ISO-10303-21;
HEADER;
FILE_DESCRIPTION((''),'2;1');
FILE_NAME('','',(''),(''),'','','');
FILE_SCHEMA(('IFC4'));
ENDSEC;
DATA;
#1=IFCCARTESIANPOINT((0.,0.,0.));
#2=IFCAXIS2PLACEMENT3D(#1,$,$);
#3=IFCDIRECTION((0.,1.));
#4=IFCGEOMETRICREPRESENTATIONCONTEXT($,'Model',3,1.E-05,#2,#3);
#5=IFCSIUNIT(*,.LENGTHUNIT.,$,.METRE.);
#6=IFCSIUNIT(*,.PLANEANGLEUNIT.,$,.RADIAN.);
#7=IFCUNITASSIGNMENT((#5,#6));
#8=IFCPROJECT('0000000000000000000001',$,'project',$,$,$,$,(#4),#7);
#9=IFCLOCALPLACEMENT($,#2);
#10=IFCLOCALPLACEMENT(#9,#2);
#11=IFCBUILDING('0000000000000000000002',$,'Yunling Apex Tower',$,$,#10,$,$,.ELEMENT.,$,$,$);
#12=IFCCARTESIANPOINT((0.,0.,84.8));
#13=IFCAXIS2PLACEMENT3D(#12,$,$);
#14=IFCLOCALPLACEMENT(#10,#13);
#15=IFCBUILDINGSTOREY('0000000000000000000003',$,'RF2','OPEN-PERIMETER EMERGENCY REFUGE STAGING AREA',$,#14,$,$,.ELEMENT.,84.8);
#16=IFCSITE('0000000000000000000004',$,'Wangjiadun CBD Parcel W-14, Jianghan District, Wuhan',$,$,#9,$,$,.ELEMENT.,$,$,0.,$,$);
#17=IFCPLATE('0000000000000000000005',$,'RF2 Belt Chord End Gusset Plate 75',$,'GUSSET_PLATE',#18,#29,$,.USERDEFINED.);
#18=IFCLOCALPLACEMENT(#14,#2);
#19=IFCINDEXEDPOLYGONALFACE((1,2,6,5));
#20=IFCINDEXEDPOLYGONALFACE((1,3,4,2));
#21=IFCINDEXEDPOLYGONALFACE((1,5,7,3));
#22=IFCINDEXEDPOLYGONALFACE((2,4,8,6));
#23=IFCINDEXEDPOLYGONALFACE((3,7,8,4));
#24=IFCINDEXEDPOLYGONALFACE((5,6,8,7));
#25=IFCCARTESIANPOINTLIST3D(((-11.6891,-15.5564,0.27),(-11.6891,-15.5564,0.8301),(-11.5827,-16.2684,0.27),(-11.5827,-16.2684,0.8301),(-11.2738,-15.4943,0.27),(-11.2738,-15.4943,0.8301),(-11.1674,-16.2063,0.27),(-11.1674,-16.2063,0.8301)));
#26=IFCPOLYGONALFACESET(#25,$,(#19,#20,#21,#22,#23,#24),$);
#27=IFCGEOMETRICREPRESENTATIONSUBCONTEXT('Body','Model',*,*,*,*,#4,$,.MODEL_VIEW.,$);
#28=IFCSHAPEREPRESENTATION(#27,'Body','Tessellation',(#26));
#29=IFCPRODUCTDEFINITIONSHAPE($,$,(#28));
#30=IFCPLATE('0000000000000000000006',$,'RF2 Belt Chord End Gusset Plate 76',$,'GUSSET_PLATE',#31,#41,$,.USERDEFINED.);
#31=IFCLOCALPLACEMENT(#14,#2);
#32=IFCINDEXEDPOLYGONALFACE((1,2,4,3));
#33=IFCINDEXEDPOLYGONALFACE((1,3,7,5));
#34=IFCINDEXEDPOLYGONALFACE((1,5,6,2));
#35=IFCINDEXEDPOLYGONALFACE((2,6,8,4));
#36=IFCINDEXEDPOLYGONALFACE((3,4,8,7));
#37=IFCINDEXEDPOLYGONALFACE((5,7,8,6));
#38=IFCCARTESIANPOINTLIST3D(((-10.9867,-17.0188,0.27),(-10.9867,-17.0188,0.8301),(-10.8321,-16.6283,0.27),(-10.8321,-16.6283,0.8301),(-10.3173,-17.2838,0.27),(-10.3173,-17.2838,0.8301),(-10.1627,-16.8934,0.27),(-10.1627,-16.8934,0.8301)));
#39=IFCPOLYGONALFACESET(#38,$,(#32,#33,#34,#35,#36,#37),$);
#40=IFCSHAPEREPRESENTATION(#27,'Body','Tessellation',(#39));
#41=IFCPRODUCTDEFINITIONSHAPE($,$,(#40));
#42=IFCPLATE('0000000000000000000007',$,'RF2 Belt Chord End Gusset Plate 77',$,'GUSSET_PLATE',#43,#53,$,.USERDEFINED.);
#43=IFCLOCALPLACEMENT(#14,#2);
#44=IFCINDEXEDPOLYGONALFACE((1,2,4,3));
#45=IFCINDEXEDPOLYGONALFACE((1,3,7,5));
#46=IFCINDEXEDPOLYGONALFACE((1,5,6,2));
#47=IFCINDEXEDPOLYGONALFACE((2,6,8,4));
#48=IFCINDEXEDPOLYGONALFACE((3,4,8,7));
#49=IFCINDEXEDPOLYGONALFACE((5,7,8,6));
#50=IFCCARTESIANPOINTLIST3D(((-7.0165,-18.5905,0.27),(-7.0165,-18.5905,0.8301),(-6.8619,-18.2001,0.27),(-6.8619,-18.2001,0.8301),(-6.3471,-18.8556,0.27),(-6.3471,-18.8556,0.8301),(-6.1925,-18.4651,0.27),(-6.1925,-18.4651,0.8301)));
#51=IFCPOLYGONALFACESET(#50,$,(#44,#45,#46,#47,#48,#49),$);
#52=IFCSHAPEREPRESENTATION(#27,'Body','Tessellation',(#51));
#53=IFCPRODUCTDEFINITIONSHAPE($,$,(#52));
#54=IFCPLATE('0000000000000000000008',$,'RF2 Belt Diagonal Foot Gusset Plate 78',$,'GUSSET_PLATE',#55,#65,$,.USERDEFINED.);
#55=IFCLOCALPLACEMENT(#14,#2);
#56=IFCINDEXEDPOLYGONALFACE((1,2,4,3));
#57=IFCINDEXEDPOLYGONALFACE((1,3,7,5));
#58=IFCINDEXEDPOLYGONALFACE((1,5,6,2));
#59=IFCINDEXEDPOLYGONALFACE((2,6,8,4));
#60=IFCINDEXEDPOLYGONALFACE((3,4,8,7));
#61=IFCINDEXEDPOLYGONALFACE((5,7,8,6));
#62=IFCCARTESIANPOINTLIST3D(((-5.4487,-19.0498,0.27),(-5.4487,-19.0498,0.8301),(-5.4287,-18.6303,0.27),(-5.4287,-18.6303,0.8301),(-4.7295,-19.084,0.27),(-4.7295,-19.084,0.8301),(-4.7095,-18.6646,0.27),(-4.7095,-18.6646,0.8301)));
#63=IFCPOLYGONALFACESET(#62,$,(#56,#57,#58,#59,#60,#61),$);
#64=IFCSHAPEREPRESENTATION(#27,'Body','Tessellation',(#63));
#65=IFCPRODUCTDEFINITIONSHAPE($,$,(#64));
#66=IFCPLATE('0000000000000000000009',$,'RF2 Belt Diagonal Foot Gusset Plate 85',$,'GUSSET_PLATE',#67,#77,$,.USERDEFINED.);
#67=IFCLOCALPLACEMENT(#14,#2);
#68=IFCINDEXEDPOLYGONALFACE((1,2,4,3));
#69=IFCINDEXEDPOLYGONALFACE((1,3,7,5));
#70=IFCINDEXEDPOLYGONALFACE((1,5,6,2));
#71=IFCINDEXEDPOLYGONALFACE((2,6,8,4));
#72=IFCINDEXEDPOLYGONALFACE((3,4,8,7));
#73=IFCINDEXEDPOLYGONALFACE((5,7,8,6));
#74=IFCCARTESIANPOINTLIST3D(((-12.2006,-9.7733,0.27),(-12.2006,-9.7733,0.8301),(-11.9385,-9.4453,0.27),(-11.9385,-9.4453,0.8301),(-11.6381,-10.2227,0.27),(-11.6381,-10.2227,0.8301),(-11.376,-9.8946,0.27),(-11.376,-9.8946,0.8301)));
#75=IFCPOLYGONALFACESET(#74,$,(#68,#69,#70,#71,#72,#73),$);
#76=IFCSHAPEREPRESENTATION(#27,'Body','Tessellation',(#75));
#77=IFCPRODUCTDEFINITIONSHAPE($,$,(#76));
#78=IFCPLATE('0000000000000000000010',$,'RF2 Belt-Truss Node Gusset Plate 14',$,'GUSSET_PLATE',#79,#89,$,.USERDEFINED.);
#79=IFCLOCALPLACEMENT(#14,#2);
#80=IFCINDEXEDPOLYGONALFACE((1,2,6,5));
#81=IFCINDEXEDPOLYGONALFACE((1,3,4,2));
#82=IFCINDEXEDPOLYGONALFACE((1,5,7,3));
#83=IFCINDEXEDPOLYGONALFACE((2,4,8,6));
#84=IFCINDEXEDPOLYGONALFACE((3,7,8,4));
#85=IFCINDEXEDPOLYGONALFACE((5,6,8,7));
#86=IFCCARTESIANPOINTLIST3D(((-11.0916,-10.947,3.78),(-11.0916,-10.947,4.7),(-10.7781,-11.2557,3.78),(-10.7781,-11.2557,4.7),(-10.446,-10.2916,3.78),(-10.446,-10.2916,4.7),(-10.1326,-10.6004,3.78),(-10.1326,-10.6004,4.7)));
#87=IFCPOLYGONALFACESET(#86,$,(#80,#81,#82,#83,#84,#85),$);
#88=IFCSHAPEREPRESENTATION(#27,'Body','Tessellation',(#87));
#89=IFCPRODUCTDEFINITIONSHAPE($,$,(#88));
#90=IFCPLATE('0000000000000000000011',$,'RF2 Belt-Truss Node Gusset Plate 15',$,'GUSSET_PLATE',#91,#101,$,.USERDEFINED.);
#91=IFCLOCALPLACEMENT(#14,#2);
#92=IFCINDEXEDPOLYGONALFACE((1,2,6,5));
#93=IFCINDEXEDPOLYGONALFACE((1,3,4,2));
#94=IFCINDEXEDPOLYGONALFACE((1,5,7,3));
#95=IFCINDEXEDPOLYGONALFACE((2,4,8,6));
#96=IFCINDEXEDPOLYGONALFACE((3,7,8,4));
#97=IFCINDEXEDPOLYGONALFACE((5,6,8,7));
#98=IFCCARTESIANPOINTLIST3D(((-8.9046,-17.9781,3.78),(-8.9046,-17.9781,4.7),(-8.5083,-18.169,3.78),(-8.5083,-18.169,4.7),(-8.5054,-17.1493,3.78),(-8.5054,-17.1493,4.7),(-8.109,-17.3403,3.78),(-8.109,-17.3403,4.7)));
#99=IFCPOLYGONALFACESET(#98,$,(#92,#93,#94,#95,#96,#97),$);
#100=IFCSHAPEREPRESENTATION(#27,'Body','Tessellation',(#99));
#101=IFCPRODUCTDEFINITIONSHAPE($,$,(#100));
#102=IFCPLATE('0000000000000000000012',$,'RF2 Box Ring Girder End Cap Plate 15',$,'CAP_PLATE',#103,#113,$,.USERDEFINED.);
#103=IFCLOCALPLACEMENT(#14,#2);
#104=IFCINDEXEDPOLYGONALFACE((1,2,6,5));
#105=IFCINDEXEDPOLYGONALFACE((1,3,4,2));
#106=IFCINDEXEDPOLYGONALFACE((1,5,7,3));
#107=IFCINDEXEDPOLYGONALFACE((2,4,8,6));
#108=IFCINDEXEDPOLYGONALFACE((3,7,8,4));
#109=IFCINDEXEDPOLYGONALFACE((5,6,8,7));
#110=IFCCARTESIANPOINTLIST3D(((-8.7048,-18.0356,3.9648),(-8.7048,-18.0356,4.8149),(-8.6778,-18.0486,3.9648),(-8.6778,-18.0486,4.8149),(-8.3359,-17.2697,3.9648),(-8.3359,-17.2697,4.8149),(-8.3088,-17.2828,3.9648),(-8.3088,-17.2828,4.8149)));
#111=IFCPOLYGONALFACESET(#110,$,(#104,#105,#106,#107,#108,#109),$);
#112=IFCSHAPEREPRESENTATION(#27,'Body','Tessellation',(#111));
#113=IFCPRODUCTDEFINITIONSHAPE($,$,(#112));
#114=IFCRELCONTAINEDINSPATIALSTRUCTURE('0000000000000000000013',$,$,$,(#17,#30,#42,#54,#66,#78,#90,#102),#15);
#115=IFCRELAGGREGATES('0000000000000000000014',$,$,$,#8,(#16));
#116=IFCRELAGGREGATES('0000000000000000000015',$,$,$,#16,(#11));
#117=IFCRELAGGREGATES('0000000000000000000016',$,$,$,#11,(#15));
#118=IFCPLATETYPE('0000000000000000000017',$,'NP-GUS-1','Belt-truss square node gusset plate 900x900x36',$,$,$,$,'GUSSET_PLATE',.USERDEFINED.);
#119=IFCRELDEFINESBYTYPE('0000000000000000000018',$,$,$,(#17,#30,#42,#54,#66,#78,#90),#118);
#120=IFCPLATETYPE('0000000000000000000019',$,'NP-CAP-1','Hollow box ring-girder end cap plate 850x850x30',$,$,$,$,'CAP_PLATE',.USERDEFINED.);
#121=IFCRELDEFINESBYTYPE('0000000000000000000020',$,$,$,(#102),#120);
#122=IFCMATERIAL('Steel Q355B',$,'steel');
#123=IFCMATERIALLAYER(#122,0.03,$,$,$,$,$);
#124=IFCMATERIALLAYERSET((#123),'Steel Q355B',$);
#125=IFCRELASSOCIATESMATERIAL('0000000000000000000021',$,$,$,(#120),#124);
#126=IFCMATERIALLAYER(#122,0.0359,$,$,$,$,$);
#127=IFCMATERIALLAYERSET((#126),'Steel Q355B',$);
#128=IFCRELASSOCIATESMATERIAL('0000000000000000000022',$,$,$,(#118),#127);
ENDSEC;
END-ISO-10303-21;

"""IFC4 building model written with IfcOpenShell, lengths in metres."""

from ifc_helpers import new_model, si_unit, direction, frame, origin, origin_2d, place, context, subcontext, project, spatial, rectangle, extrude, source, transform, mapped, material, layer, layer_set, type_object, element, save


model = new_model("IFC4")

# Units and contexts
model_context = context("Model", 3, precision=1e-05, world=origin(), true_north=direction((0.0, 1.0)))
body_context = subcontext(model_context, "Body", "Model", "MODEL_VIEW")
ifc_project = project(units=[si_unit("LENGTHUNIT", "METRE"), si_unit("PLANEANGLEUNIT", "RADIAN")], contexts=[model_context])

# Site, building, storey
site_placement = place(None, origin())
site = spatial("IfcSite", under=ifc_project, at=site_placement, Name="Wangjiadun CBD Parcel W-14, Jianghan District, Wuhan", CompositionType="ELEMENT", RefElevation=0.0)
building_placement = place(site_placement, origin())
building = spatial("IfcBuilding", under=site, at=building_placement, Name="Yunling Apex Tower", CompositionType="ELEMENT")
storey_placement = place(building_placement, frame((0.0, 0.0, 84.8)))
storey = spatial("IfcBuildingStorey", under=building, at=storey_placement, Name="RF2", Description="OPEN-PERIMETER EMERGENCY REFUGE STAGING AREA", CompositionType="ELEMENT", Elevation=84.8)

# Shared definitions
ifc_material_1 = material(Name="Steel Q355B", Category="steel")

# Plates
ifc_layer_1 = layer(ifc_material_1, 0.03)
ifc_layer_set_1 = layer_set([ifc_layer_1], Name="Steel Q355B")
plate_type_1 = type_object("IfcPlateType", Name="NP-CAP-1", Description="Hollow box ring-girder end cap plate 850x850x30", ElementType="CAP_PLATE", PredefinedType="USERDEFINED", material=ifc_layer_set_1)
ifc_layer_2 = layer(ifc_material_1, 0.0359)
ifc_layer_set_2 = layer_set([ifc_layer_2], Name="Steel Q355B")
plate_type_2 = type_object("IfcPlateType", Name="NP-GUS-1", Description="Belt-truss square node gusset plate 900x900x36", ElementType="GUSSET_PLATE", PredefinedType="USERDEFINED", material=ifc_layer_set_2)
shared_shape_1 = source(origin(), body_context, "Body", "SweptSolid", [
    extrude(rectangle(XDim=0.72, YDim=0.4199, at=origin_2d()), origin(), (0.0, 0.0, 1.0), 0.5601),
])
for number, where, z_axis, x_axis, name in (
    (1, (-11.4282, -15.8813, 0.27), (0.0, 0.0, 1.0), (0.147809, -0.989016, 0.0), "RF2 Belt Chord End Gusset Plate 75"),
    (2, (-10.5747, -16.9561, 0.27), (0.0, 0.0, 1.0), (0.929776, -0.368125, 0.0), "RF2 Belt Chord End Gusset Plate 76"),
    (3, (-6.6045, -18.5278, 0.27), (0.0, 0.0, 1.0), (0.929776, -0.368125, 0.0), "RF2 Belt Chord End Gusset Plate 77"),
    (4, (-5.0791, -18.8572, 0.27), (0.0, 0.0, 1.0), (0.998865, -0.047629, 0.0), "RF2 Belt Diagonal Foot Gusset Plate 78"),
    (5, (-11.7883, -9.834, 0.27), (0.0, 0.0, 1.0), (0.781303, -0.624152, 0.0), "RF2 Belt Diagonal Foot Gusset Plate 85"),
):
    element("IfcPlate", number, at=place(storey_placement, frame(where, z_axis=z_axis, x_axis=x_axis)), inside=storey, type_object=plate_type_2, Name=name, ObjectType="GUSSET_PLATE", PredefinedType="USERDEFINED", context=body_context, shape_type="MappedRepresentation", body=[
        mapped(shared_shape_1, transform((0.0, 0.0, 0.0), scale=1.0)),
    ])
shared_shape_2 = source(origin(), body_context, "Body", "SweptSolid", [
    extrude(rectangle(XDim=0.9199, YDim=0.4399, at=origin_2d()), origin(), (0.0, 0.0, 1.0), 0.9199),
])
for number, where, z_axis, x_axis, name in (
    (6, (-10.6121, -10.7737, 3.78), (0.0, 0.0, 1.0), (-0.70178, -0.712394, 0.0), "RF2 Belt-Truss Node Gusset Plate 14"),
    (7, (-8.5068, -17.6592, 3.78), (0.0, 0.0, 1.0), (-0.433974, -0.900926, 0.0), "RF2 Belt-Truss Node Gusset Plate 15"),
):
    element("IfcPlate", number, at=place(storey_placement, frame(where, z_axis=z_axis, x_axis=x_axis)), inside=storey, type_object=plate_type_2, Name=name, ObjectType="GUSSET_PLATE", PredefinedType="USERDEFINED", context=body_context, shape_type="MappedRepresentation", body=[
        mapped(shared_shape_2, transform((0.0, 0.0, 0.0), scale=1.0)),
    ])
shared_shape_3 = source(origin(), body_context, "Body", "SweptSolid", [
    extrude(rectangle(XDim=0.8501, YDim=0.03, at=origin_2d()), origin(), (0.0, 0.0, 1.0), 0.8501),
])
plate_placement = place(storey_placement, frame((-8.5068, -17.6592, 3.9648), z_axis=(0.0, 0.0, 1.0), x_axis=(-0.433974, -0.900926, 0.0)))
element("IfcPlate", 8, at=plate_placement, inside=storey, type_object=plate_type_1, Name="RF2 Box Ring Girder End Cap Plate 15", ObjectType="CAP_PLATE", PredefinedType="USERDEFINED", context=body_context, shape_type="MappedRepresentation", body=[
    mapped(shared_shape_3, transform((0.0, 0.0, 0.0), scale=1.0)),
])

save(model, "model.ifc")
